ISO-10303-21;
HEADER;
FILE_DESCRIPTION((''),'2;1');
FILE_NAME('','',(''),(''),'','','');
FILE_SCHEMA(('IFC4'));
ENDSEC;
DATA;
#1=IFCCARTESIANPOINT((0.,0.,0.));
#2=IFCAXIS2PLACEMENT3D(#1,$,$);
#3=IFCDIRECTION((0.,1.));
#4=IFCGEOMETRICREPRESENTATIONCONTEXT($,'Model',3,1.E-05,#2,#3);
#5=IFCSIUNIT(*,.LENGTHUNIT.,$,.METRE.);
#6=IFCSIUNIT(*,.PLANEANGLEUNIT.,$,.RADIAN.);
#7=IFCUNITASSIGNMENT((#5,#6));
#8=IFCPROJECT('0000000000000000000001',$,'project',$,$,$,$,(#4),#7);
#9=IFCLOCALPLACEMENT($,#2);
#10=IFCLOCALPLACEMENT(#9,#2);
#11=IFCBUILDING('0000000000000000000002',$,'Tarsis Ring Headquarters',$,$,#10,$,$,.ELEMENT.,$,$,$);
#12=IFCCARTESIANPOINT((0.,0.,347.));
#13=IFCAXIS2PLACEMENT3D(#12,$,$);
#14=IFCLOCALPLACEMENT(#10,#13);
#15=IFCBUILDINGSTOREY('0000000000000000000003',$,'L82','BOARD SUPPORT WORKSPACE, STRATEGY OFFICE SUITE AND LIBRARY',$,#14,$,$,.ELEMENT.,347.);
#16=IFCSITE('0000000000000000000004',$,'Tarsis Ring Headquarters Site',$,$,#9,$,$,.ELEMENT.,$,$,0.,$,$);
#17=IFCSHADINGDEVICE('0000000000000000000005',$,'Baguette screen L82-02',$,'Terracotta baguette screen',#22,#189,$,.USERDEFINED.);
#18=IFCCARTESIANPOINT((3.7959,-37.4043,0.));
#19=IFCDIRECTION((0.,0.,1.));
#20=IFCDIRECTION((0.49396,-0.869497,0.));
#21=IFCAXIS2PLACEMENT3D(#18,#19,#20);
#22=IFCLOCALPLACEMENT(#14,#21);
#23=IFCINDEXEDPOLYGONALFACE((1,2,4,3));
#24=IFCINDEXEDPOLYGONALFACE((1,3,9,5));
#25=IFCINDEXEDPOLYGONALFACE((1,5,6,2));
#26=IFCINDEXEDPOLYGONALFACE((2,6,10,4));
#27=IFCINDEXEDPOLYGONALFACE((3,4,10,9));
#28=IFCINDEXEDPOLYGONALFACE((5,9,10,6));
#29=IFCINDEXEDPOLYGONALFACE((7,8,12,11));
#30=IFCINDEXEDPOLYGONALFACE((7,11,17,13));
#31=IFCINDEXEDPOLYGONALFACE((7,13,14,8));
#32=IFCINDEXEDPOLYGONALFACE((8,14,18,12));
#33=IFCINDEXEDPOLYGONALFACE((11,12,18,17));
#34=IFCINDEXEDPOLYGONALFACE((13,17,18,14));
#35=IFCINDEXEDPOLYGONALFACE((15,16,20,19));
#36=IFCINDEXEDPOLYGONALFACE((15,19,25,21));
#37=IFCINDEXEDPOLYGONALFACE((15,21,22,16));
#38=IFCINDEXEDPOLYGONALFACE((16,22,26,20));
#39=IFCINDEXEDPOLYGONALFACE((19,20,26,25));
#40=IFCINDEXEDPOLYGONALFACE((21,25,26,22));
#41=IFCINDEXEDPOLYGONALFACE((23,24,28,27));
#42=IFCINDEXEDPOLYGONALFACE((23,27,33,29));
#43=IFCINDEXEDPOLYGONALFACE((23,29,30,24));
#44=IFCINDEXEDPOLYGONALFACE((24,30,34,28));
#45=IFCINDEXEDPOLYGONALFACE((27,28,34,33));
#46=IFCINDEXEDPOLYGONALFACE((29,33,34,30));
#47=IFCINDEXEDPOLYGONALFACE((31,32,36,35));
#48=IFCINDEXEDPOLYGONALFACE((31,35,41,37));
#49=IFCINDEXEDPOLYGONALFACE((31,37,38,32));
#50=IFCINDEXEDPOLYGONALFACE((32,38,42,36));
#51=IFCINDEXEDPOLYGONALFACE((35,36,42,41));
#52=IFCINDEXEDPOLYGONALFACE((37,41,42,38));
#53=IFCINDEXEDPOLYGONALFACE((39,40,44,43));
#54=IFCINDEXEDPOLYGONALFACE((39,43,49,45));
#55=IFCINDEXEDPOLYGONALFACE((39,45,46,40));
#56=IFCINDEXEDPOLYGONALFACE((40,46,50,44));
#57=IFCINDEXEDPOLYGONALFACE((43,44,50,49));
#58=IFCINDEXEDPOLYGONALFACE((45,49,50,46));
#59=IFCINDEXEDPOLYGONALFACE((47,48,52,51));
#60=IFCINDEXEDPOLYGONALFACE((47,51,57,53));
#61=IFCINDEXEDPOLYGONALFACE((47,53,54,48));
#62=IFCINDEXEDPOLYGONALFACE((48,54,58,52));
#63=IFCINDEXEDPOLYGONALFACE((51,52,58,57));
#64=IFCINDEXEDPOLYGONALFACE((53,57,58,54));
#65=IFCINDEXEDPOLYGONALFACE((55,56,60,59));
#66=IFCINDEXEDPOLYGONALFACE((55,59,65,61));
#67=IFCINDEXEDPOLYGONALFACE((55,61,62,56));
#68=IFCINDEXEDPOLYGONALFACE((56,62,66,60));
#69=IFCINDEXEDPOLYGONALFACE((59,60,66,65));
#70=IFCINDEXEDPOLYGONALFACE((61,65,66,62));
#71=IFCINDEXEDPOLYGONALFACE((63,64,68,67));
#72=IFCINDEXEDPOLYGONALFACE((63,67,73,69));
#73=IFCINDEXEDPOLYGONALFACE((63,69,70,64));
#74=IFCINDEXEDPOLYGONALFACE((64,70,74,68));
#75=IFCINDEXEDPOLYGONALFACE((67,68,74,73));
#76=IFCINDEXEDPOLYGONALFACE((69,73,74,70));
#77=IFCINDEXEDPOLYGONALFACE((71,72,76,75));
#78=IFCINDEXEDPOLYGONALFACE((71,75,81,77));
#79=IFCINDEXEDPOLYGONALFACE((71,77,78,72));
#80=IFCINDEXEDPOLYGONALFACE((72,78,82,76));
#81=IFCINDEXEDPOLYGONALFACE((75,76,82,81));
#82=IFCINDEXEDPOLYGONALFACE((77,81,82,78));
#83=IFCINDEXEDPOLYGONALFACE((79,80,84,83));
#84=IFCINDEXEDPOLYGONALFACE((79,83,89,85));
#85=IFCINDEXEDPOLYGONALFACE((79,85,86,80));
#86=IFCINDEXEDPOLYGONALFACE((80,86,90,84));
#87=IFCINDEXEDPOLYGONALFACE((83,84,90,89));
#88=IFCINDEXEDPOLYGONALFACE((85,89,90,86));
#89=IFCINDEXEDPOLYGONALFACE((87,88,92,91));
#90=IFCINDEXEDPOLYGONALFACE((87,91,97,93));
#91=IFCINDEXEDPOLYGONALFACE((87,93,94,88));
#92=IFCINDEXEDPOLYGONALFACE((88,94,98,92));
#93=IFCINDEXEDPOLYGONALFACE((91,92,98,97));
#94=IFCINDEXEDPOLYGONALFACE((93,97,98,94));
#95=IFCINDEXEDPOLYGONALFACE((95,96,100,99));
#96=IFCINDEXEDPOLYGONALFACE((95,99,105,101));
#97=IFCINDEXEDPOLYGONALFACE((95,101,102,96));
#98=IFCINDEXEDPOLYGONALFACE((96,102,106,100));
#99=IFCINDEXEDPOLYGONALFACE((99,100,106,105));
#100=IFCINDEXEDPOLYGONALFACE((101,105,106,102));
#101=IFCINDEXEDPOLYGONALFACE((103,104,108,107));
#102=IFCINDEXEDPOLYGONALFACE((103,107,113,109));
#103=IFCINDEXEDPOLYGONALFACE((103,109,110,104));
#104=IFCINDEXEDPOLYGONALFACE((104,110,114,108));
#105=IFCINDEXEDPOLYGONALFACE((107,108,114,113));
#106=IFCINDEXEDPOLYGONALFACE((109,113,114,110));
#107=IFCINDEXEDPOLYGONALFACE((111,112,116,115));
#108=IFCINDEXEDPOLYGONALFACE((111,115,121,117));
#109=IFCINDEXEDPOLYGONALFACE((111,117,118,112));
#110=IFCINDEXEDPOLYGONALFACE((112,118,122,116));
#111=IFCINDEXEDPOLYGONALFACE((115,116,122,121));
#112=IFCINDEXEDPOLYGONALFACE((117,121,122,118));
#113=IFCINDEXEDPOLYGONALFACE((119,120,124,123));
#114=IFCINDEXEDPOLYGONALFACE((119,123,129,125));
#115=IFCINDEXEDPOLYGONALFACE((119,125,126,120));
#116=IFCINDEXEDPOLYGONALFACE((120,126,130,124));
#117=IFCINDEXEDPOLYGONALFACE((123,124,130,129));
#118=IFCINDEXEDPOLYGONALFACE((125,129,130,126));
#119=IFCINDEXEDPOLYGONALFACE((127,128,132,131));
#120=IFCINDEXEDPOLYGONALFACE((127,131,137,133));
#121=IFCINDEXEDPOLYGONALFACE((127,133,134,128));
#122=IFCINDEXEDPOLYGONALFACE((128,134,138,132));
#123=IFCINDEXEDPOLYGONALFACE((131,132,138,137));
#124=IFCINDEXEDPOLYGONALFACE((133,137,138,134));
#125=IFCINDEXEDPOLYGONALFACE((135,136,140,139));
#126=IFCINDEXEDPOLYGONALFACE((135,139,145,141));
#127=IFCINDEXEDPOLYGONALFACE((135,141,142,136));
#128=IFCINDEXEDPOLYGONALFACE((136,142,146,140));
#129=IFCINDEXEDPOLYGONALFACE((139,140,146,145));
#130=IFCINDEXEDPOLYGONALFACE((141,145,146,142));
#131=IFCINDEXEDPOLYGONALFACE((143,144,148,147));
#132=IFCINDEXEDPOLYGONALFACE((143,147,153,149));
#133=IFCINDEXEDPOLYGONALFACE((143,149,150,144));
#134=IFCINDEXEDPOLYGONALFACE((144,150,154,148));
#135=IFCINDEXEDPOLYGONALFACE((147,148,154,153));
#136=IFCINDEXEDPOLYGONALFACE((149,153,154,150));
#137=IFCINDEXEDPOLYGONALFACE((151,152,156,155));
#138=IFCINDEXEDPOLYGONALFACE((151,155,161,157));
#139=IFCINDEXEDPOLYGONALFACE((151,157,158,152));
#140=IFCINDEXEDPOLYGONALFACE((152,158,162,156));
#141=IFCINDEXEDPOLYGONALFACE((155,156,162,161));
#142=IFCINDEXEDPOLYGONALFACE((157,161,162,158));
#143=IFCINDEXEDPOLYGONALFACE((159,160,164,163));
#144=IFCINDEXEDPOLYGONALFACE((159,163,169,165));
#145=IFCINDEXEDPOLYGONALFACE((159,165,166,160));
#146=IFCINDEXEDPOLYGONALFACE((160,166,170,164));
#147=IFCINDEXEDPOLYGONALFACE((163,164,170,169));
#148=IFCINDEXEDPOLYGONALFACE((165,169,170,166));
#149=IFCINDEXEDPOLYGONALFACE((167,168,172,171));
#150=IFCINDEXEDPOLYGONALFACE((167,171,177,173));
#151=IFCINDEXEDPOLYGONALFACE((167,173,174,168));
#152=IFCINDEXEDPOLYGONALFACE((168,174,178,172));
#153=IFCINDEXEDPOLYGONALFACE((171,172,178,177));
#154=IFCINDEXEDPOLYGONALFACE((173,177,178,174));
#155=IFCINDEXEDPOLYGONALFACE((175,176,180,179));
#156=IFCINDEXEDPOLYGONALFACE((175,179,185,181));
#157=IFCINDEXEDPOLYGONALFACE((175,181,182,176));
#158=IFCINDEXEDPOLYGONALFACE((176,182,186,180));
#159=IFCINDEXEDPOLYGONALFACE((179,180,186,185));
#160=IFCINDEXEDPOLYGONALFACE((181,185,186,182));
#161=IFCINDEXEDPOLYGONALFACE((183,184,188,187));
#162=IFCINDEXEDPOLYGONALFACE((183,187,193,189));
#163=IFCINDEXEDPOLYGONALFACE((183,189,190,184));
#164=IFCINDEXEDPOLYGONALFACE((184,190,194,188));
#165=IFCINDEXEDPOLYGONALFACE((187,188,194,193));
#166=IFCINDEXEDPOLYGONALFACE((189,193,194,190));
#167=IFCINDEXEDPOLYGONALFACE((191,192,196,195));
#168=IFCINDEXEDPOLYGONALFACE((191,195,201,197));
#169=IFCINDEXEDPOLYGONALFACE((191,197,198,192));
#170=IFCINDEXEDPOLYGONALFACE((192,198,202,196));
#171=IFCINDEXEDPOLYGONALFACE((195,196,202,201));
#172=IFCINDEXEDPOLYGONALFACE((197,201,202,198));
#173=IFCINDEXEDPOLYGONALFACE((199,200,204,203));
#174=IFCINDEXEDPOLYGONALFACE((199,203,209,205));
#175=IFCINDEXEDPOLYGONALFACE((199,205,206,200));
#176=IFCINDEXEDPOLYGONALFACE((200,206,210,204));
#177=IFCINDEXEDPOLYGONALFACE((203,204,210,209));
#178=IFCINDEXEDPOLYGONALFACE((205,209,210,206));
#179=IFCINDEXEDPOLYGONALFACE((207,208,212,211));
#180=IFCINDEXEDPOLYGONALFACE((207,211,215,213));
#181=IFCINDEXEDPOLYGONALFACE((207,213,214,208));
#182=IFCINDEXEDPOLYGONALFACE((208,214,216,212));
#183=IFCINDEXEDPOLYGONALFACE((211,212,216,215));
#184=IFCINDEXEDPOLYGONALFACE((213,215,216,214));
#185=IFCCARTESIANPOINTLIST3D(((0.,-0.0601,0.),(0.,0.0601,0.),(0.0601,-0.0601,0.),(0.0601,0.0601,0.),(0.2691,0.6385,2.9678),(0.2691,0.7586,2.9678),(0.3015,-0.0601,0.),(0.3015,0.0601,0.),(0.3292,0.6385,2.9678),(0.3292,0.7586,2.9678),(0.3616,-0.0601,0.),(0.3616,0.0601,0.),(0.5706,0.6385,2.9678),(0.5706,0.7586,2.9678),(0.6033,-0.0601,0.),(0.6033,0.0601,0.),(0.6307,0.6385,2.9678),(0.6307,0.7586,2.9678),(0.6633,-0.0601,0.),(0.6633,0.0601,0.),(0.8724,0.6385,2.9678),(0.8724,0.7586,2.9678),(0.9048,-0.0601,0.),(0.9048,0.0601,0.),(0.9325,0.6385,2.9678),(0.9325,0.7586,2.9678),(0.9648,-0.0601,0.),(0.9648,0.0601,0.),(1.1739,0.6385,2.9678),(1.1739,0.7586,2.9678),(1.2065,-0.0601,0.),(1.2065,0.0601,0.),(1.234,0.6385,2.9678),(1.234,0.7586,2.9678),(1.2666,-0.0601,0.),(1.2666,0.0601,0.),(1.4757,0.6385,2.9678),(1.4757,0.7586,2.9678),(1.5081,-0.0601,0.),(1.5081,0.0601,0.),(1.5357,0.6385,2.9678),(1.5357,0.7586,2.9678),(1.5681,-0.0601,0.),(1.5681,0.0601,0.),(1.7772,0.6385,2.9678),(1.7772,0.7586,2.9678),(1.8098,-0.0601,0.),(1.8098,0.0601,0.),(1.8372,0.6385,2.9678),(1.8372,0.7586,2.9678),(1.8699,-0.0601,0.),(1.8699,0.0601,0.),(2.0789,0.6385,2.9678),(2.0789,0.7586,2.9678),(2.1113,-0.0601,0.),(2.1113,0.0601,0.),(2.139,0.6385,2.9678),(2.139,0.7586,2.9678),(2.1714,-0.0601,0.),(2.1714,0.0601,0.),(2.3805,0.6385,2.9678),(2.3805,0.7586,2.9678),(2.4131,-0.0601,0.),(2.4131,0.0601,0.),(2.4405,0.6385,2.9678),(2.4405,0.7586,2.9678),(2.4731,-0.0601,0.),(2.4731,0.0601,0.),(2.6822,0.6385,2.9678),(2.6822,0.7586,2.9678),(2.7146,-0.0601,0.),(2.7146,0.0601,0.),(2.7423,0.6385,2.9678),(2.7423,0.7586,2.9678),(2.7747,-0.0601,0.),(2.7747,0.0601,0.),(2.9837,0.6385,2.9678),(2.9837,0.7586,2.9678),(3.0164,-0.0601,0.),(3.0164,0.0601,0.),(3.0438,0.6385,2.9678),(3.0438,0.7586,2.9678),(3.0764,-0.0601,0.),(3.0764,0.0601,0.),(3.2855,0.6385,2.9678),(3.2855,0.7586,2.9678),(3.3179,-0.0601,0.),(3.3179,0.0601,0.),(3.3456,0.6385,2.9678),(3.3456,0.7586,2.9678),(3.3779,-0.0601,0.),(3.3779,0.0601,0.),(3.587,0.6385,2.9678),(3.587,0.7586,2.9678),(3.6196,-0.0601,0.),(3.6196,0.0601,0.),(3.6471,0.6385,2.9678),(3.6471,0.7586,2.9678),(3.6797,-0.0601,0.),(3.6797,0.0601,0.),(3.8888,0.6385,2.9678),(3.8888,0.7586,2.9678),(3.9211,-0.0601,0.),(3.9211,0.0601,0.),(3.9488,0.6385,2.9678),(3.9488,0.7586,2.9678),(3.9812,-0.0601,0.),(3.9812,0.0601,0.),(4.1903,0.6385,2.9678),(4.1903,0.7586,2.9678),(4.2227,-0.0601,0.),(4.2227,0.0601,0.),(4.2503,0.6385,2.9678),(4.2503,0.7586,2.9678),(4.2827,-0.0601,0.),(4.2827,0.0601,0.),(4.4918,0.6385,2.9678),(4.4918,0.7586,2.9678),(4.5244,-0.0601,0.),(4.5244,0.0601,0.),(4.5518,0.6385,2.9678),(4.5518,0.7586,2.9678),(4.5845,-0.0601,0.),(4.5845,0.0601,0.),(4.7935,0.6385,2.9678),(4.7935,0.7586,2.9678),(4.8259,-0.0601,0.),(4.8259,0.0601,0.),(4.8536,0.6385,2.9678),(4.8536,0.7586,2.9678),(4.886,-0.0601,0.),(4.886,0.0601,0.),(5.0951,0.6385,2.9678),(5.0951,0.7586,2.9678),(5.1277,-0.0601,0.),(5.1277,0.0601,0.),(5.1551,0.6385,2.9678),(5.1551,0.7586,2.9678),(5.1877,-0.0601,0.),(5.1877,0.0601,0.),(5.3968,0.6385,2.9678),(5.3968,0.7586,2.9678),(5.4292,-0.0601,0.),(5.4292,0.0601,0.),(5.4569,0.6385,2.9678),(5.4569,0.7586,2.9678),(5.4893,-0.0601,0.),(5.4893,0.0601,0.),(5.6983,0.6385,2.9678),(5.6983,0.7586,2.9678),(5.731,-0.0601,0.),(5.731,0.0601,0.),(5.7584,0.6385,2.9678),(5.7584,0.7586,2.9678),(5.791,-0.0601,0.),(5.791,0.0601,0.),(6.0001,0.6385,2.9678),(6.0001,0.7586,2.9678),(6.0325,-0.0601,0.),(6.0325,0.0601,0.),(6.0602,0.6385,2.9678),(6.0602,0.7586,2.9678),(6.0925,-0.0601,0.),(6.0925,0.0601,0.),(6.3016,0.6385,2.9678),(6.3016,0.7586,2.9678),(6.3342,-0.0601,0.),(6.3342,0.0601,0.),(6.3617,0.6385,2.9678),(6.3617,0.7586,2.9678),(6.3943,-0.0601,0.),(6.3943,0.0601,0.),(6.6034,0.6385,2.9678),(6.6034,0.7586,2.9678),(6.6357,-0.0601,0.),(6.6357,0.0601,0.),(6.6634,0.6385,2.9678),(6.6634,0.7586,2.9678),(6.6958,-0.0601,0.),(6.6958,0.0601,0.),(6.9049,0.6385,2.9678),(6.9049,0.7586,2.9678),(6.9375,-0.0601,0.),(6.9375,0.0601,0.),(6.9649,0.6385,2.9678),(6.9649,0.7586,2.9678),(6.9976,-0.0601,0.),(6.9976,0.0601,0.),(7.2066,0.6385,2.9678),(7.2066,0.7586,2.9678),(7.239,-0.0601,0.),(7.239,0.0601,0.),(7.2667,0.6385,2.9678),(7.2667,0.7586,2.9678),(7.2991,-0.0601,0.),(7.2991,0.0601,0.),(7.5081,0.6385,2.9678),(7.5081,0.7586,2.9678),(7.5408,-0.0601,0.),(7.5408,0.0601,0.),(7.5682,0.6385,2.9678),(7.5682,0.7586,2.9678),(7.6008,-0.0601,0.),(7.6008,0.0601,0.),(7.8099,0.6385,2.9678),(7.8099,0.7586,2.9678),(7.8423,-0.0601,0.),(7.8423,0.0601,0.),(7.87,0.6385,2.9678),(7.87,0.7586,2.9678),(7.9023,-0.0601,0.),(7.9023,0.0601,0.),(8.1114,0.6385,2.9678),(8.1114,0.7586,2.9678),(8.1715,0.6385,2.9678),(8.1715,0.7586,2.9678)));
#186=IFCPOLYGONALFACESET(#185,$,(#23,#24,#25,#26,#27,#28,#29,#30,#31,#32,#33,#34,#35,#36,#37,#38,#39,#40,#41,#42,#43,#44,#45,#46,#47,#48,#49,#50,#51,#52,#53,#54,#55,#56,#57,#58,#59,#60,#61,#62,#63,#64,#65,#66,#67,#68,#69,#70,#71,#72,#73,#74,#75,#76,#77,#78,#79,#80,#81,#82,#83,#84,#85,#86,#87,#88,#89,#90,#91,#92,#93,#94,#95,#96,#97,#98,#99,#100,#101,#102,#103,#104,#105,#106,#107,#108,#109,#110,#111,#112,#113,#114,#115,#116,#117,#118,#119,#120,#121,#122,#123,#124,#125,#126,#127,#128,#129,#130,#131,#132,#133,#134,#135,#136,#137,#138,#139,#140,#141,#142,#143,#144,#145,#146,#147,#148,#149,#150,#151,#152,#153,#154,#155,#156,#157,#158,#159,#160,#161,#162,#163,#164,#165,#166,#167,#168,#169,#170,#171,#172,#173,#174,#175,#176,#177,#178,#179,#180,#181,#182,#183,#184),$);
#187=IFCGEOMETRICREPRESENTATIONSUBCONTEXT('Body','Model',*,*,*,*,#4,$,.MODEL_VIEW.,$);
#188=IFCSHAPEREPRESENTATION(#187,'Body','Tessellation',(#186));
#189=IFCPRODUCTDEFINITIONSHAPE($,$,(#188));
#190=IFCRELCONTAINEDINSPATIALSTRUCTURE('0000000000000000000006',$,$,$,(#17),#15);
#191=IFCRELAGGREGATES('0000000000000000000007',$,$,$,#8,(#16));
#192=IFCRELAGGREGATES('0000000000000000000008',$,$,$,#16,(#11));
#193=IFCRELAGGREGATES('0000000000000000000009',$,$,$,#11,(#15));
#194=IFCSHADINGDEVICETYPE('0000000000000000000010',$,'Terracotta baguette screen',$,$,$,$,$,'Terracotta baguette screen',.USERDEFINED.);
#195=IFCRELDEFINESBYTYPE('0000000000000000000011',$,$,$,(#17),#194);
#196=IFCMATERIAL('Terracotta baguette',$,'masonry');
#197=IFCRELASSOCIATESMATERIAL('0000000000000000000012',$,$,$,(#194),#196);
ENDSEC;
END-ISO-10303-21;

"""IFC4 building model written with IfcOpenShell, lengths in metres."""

from ifc_helpers import new_model, si_unit, direction, frame, frame_2d, origin, place, context, subcontext, project, spatial, rectangle, composite_profile, extrude, material, type_object, element, save


model = new_model("IFC4")

# Units and contexts
model_context = context("Model", 3, precision=1e-05, world=origin(), true_north=direction((0.0, 1.0)))
body_context = subcontext(model_context, "Body", "Model", "MODEL_VIEW")
ifc_project = project(units=[si_unit("LENGTHUNIT", "METRE"), si_unit("PLANEANGLEUNIT", "RADIAN")], contexts=[model_context])

# Site, building, storey
site_placement = place(None, origin())
site = spatial("IfcSite", under=ifc_project, at=site_placement, Name="Tarsis Ring Headquarters Site", CompositionType="ELEMENT", RefElevation=0.0)
building_placement = place(site_placement, origin())
building = spatial("IfcBuilding", under=site, at=building_placement, Name="Tarsis Ring Headquarters", CompositionType="ELEMENT")
storey_placement = place(building_placement, frame((0.0, 0.0, 347.0)))
storey = spatial("IfcBuildingStorey", under=building, at=storey_placement, Name="L82", Description="BOARD SUPPORT WORKSPACE, STRATEGY OFFICE SUITE AND LIBRARY", CompositionType="ELEMENT", Elevation=347.0)

# Shading device
ifc_material_1 = material(Name="Terracotta baguette", Category="masonry")
shading_device_type_1 = type_object("IfcShadingDeviceType", Name="Terracotta baguette screen", ElementType="Terracotta baguette screen", PredefinedType="USERDEFINED", material=ifc_material_1)
shading_device_1_placement = place(storey_placement, frame((3.7959, -37.4043, 0.0), z_axis=(0.0, 0.0, 1.0), x_axis=(0.49396, -0.869497, 0.0)))
element("IfcShadingDevice", 1, at=shading_device_1_placement, inside=storey, type_object=shading_device_type_1, Name="Baguette screen L82-02", ObjectType="Terracotta baguette screen", PredefinedType="USERDEFINED", context=body_context, shape_type="SweptSolid", body=[
    extrude(composite_profile([rectangle(XDim=0.0601, YDim=0.1201, at=frame_2d((0.03, 0.0))), rectangle(XDim=0.0601, YDim=0.1201, at=frame_2d((0.3315, 0.0))), rectangle(XDim=0.0601, YDim=0.1201, at=frame_2d((0.6333, 0.0))), rectangle(XDim=0.0601, YDim=0.1201, at=frame_2d((0.9348, 0.0))), rectangle(XDim=0.0601, YDim=0.1201, at=frame_2d((1.2366, 0.0))), rectangle(XDim=0.0601, YDim=0.1201, at=frame_2d((1.5381, 0.0))), rectangle(XDim=0.0601, YDim=0.1201, at=frame_2d((1.8398, 0.0))), rectangle(XDim=0.0601, YDim=0.1201, at=frame_2d((2.1414, 0.0))), rectangle(XDim=0.0601, YDim=0.1201, at=frame_2d((2.4431, 0.0))), rectangle(XDim=0.0601, YDim=0.1201, at=frame_2d((2.7446, 0.0))), rectangle(XDim=0.0601, YDim=0.1201, at=frame_2d((3.0464, 0.0))), rectangle(XDim=0.0601, YDim=0.1201, at=frame_2d((3.3479, 0.0))), rectangle(XDim=0.0601, YDim=0.1201, at=frame_2d((3.6497, 0.0))), rectangle(XDim=0.0601, YDim=0.1201, at=frame_2d((3.9512, 0.0))), rectangle(XDim=0.0601, YDim=0.1201, at=frame_2d((4.2527, 0.0))), rectangle(XDim=0.0601, YDim=0.1201, at=frame_2d((4.5544, 0.0))), rectangle(XDim=0.0601, YDim=0.1201, at=frame_2d((4.856, 0.0))), rectangle(XDim=0.0601, YDim=0.1201, at=frame_2d((5.1577, 0.0))), rectangle(XDim=0.0601, YDim=0.1201, at=frame_2d((5.4592, 0.0))), rectangle(XDim=0.0601, YDim=0.1201, at=frame_2d((5.761, 0.0))), rectangle(XDim=0.0601, YDim=0.1201, at=frame_2d((6.0625, 0.0))), rectangle(XDim=0.0601, YDim=0.1201, at=frame_2d((6.3643, 0.0))), rectangle(XDim=0.0601, YDim=0.1201, at=frame_2d((6.6658, 0.0))), rectangle(XDim=0.0601, YDim=0.1201, at=frame_2d((6.9675, 0.0))), rectangle(XDim=0.0601, YDim=0.1201, at=frame_2d((7.269, 0.0))), rectangle(XDim=0.0601, YDim=0.1201, at=frame_2d((7.5708, 0.0))), rectangle(XDim=0.0601, YDim=0.1201, at=frame_2d((7.8723, 0.0)))]), origin(), (0.08793, 0.22823, 0.969628), 3.0608),
])

save(model, "model.ifc")
